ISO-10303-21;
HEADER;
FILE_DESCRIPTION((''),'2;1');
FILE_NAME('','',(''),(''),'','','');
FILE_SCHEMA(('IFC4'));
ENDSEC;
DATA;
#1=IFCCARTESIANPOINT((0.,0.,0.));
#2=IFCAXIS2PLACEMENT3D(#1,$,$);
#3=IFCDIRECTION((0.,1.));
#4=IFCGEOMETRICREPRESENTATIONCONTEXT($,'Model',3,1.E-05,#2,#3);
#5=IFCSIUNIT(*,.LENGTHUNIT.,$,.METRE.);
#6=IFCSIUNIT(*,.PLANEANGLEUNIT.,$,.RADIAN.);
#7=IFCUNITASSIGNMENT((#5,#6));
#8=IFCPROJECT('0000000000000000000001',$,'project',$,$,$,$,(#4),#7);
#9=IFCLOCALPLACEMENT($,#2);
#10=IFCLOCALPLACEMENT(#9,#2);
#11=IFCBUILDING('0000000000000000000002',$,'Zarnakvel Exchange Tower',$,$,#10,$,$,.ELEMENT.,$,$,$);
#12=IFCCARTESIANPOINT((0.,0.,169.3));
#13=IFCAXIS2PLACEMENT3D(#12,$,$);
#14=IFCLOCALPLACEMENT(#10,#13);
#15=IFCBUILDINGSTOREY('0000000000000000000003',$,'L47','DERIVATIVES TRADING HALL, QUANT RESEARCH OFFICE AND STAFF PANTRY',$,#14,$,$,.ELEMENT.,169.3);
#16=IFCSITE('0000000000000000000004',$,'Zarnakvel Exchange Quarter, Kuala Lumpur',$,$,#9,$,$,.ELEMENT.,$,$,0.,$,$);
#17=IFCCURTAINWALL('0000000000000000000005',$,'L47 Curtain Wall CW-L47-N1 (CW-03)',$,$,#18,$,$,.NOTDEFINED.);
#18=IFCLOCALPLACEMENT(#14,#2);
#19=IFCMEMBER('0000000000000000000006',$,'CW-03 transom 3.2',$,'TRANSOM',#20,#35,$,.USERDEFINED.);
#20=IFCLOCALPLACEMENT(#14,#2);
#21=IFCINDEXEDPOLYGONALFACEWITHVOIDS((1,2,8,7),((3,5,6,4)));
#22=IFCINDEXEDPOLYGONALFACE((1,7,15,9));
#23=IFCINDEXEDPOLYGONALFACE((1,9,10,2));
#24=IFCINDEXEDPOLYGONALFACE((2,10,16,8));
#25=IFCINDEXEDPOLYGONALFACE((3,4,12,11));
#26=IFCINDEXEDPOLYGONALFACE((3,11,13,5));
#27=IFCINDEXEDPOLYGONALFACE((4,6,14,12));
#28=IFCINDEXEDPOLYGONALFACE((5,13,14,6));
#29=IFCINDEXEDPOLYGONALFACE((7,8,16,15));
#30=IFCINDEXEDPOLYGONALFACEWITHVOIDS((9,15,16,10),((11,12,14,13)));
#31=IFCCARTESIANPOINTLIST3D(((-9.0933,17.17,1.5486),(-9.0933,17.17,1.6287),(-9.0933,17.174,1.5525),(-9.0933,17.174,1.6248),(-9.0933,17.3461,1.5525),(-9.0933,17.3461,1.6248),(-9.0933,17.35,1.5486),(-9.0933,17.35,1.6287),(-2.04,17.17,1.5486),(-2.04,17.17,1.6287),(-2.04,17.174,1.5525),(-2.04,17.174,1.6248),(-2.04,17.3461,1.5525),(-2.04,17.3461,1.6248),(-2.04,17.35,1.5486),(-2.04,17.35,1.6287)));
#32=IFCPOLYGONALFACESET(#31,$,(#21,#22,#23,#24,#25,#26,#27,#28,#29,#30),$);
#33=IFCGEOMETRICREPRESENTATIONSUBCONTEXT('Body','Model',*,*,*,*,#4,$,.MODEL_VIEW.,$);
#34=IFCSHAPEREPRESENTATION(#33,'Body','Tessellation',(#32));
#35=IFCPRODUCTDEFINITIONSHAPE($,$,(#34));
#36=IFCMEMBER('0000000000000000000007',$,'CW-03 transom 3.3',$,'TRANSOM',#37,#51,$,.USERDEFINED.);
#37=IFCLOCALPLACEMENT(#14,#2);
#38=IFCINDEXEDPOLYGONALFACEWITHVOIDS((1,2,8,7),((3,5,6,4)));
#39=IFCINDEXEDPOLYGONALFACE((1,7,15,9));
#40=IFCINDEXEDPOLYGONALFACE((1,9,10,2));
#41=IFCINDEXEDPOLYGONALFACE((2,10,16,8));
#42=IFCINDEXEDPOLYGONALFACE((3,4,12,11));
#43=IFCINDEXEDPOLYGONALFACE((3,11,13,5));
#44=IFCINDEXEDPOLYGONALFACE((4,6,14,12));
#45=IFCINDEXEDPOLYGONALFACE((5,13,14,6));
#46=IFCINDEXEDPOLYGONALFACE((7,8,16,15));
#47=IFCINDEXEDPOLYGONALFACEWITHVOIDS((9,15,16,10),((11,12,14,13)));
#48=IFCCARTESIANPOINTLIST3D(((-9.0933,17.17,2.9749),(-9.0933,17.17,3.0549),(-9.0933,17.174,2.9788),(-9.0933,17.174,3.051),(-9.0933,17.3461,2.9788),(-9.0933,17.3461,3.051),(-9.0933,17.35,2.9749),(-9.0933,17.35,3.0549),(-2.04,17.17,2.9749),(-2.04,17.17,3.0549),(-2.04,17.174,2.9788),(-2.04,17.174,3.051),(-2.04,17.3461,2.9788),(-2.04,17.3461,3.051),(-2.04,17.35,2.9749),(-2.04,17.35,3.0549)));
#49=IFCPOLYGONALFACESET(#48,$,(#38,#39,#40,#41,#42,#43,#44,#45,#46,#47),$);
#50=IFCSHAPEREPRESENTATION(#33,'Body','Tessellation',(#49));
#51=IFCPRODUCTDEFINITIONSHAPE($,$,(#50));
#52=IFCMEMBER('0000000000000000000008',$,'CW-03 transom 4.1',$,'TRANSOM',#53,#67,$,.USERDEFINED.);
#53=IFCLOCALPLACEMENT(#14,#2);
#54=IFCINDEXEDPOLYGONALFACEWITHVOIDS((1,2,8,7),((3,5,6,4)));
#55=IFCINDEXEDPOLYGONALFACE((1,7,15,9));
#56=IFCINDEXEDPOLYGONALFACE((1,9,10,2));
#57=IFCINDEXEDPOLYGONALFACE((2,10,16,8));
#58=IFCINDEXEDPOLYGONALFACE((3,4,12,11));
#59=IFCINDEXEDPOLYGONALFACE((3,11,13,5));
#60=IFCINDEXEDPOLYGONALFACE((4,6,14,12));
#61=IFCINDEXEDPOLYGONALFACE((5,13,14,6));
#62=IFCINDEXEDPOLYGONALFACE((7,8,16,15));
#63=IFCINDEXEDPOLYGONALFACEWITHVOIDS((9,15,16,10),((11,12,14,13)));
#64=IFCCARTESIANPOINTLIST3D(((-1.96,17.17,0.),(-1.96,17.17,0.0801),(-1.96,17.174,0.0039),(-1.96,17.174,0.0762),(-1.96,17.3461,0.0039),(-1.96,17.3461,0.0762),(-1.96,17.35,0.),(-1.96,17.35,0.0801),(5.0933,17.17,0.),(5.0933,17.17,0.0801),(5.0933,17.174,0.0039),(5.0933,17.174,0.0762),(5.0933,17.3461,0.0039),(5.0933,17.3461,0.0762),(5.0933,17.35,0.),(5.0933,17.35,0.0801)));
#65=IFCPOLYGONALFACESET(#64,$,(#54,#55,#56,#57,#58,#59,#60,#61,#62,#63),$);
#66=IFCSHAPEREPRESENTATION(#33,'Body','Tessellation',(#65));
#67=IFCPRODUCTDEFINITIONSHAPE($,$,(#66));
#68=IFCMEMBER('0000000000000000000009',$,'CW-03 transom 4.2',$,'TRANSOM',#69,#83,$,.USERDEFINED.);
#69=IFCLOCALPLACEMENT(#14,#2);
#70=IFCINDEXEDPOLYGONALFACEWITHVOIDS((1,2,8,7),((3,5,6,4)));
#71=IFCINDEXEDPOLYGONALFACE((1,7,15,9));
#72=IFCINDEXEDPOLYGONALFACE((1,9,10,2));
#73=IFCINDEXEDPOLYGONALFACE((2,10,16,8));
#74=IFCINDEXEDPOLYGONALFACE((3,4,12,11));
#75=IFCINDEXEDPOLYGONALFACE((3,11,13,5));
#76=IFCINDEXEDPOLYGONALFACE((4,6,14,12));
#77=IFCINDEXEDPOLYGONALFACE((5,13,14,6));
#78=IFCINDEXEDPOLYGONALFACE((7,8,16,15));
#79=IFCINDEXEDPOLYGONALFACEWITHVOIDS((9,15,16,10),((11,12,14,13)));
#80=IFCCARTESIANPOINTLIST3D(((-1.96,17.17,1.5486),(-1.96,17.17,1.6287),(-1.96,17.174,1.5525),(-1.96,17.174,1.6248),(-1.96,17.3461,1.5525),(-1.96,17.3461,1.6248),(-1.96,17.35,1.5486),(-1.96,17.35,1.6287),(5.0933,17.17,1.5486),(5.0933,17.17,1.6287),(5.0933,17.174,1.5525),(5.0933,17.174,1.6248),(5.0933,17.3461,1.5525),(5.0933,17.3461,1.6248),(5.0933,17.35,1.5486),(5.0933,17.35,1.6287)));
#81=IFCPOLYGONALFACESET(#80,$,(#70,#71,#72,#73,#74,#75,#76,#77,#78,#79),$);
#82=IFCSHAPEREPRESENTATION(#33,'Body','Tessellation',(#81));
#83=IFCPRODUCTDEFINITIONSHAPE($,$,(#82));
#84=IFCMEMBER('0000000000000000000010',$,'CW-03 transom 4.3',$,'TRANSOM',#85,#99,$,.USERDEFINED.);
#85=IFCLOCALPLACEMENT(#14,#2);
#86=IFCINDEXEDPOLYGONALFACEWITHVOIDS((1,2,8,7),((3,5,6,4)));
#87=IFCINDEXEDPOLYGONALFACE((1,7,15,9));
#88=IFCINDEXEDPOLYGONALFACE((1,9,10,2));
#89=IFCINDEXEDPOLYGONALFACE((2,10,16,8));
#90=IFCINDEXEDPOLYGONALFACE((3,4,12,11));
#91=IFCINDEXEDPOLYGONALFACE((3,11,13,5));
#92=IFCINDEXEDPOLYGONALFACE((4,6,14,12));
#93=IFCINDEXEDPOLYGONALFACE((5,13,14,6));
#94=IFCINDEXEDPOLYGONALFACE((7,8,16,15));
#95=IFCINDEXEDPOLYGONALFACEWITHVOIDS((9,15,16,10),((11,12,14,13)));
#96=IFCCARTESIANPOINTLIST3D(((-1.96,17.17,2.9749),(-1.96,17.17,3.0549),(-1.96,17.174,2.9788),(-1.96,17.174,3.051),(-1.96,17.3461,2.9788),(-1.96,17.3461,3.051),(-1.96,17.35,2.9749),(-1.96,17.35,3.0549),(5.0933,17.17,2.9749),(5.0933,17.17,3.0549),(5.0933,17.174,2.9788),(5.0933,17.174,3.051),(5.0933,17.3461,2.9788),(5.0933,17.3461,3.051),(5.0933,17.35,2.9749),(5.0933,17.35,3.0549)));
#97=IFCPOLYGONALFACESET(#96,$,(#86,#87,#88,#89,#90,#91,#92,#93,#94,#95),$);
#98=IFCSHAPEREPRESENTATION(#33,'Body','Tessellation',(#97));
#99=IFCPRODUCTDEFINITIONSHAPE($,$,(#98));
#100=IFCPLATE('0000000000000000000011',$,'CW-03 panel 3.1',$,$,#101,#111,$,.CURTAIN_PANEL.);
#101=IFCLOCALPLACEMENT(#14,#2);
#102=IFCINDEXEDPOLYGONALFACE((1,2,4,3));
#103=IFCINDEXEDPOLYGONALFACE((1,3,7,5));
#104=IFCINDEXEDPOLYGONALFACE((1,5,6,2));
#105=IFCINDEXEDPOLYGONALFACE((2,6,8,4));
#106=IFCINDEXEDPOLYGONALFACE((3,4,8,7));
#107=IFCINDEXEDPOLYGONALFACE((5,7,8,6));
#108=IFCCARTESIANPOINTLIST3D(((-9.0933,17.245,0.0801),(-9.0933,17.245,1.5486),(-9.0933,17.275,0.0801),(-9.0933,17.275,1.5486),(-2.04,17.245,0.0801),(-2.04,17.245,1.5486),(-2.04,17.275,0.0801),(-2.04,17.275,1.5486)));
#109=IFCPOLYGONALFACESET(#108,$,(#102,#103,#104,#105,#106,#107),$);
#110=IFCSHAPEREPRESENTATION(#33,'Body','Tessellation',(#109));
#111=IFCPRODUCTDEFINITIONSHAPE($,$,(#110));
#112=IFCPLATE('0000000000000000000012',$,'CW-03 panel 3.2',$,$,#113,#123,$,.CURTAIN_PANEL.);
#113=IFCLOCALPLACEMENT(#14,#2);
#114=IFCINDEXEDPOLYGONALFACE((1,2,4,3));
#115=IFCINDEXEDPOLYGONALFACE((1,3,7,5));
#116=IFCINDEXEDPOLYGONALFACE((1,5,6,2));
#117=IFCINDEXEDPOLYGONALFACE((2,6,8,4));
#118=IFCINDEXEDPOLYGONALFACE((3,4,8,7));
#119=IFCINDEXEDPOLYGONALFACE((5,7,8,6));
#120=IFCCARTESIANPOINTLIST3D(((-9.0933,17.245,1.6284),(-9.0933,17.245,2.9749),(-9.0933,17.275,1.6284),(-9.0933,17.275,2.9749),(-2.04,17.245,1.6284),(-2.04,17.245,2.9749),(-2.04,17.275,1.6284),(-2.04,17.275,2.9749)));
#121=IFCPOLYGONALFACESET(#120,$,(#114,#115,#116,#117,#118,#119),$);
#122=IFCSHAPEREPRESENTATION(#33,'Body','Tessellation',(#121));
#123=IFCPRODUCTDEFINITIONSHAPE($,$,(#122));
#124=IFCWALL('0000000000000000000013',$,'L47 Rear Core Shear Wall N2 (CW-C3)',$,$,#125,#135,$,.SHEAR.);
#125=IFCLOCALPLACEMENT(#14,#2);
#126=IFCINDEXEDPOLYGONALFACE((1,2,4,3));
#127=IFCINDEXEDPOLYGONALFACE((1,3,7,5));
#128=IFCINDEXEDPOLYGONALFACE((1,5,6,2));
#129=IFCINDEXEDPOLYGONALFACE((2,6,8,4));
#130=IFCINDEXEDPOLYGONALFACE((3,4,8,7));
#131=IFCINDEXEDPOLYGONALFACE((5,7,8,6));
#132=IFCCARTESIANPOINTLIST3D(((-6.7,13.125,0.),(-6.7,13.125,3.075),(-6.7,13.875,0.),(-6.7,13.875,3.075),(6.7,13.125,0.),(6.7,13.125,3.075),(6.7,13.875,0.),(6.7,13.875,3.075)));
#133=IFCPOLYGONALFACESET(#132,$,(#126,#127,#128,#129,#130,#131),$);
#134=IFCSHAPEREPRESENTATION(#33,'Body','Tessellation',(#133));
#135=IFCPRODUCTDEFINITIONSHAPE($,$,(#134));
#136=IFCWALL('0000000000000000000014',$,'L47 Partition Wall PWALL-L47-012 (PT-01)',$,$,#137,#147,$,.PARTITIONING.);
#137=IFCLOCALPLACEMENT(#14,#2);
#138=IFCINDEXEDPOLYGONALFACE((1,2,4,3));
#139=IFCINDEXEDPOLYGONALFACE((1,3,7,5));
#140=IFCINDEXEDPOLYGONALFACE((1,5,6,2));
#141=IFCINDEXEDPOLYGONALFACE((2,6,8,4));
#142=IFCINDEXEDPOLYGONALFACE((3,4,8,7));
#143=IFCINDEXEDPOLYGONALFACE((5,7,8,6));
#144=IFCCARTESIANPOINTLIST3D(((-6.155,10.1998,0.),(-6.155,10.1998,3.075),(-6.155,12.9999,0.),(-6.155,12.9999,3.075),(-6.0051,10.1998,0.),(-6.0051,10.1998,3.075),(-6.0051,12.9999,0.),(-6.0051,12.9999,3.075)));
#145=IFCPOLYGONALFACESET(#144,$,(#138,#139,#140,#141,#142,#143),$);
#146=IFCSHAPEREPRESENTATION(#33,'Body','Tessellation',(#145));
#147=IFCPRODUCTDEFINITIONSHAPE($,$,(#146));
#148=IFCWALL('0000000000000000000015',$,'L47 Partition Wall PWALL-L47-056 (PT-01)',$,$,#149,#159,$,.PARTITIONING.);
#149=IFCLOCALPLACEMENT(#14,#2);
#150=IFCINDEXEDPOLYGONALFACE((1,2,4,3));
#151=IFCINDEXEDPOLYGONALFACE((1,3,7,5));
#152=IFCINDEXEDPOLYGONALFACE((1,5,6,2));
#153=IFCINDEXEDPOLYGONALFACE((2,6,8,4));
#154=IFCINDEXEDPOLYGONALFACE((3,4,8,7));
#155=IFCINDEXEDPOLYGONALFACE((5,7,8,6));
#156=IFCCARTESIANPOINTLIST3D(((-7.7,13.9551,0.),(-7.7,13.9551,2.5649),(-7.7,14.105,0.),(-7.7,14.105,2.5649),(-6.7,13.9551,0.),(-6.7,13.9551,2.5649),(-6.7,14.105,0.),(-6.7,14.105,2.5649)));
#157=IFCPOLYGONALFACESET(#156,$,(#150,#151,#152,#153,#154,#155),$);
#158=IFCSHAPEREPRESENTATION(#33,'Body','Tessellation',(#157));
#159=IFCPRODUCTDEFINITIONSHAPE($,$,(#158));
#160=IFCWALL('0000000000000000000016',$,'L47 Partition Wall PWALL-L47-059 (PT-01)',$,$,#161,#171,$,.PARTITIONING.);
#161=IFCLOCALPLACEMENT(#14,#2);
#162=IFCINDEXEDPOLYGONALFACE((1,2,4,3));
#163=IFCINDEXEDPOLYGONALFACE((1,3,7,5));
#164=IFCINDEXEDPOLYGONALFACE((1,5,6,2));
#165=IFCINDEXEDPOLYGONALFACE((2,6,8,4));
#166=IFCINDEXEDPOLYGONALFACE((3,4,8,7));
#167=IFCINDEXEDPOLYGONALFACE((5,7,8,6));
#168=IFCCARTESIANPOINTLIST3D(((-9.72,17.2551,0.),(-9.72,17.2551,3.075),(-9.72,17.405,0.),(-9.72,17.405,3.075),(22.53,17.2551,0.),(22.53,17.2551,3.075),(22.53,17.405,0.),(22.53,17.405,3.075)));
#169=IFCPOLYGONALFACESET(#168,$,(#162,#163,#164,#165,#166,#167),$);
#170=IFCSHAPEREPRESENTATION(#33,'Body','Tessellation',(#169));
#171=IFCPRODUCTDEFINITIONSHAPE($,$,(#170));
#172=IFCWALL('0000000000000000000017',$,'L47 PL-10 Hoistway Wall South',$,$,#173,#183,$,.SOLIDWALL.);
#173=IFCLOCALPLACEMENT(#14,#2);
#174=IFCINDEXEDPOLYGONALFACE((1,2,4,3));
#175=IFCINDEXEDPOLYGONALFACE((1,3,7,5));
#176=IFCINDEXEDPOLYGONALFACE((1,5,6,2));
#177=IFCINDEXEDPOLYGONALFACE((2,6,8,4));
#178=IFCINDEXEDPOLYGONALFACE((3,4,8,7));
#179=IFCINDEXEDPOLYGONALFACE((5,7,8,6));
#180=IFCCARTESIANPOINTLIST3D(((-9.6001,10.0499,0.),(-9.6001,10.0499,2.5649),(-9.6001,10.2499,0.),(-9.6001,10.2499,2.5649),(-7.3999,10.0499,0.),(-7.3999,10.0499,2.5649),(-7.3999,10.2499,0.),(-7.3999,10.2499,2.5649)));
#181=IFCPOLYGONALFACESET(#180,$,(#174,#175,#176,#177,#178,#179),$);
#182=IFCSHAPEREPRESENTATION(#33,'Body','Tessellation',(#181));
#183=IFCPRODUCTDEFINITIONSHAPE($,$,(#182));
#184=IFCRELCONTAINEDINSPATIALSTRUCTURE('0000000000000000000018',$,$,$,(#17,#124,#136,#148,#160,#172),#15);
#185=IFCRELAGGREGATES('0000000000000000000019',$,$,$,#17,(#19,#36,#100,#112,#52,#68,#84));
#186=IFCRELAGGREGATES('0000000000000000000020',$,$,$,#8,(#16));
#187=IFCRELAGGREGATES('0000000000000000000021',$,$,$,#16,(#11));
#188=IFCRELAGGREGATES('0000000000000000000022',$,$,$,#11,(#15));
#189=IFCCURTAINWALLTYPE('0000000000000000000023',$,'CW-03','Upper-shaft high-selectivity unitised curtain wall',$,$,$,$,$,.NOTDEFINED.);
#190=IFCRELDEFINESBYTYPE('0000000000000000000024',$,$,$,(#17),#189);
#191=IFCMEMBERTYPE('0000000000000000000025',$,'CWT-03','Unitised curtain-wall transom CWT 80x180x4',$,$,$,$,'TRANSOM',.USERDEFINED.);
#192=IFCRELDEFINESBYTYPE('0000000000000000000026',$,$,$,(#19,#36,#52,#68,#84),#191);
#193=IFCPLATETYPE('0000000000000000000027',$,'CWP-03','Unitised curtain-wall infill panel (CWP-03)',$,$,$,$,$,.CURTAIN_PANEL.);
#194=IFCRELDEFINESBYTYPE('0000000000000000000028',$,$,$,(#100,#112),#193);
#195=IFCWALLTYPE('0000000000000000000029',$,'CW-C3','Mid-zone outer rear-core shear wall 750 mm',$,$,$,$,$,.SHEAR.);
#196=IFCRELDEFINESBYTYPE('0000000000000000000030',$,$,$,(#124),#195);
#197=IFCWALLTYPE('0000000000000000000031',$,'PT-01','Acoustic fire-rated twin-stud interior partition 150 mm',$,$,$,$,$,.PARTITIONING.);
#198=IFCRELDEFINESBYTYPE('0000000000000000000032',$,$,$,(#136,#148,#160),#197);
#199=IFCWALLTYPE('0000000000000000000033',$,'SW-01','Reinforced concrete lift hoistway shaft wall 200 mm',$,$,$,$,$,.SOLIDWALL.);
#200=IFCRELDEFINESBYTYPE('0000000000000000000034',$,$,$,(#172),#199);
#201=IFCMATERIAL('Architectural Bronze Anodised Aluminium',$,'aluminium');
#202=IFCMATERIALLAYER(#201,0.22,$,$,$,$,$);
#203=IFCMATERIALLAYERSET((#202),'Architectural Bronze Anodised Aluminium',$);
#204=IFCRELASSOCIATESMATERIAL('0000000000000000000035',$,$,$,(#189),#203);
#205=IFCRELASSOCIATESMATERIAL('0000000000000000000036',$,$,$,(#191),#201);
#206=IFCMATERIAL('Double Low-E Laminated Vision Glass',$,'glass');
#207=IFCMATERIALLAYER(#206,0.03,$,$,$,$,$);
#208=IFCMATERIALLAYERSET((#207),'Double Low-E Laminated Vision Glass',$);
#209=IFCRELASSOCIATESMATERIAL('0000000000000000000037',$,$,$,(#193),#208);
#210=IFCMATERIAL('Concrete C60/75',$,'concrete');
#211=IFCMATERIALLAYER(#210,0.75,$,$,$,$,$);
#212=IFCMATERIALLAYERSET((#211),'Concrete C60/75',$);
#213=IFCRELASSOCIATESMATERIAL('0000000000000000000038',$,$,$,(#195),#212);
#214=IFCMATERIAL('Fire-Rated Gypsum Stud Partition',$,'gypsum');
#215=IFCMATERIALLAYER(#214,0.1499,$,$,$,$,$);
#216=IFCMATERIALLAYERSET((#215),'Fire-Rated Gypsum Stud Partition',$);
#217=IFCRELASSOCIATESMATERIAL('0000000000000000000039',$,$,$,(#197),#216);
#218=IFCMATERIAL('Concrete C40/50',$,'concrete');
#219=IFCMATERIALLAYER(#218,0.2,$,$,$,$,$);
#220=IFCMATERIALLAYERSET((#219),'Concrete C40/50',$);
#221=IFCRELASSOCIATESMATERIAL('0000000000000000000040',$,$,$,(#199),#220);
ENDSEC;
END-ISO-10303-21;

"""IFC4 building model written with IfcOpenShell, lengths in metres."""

from ifc_helpers import new_model, si_unit, direction, frame, frame_2d, origin, origin_2d, place, context, subcontext, project, spatial, rectangle, hollow_rectangle, extrude, source, transform, mapped, material, layer, layer_set, material_profile, profile_set, type_object, element, aggregate, save


model = new_model("IFC4")

# Units and contexts
model_context = context("Model", 3, precision=1e-05, world=origin(), true_north=direction((0.0, 1.0)))
body_context = subcontext(model_context, "Body", "Model", "MODEL_VIEW")
ifc_project = project(units=[si_unit("LENGTHUNIT", "METRE"), si_unit("PLANEANGLEUNIT", "RADIAN")], contexts=[model_context])

# Site, building, storey
site_placement = place(None, origin())
site = spatial("IfcSite", under=ifc_project, at=site_placement, Name="Zarnakvel Exchange Quarter, Kuala Lumpur", CompositionType="ELEMENT", RefElevation=0.0)
building_placement = place(site_placement, origin())
building = spatial("IfcBuilding", under=site, at=building_placement, Name="Zarnakvel Exchange Tower", CompositionType="ELEMENT")
storey_placement = place(building_placement, frame((0.0, 0.0, 169.3)))
storey = spatial("IfcBuildingStorey", under=building, at=storey_placement, Name="L47", Description="DERIVATIVES TRADING HALL, QUANT RESEARCH OFFICE AND STAFF PANTRY", CompositionType="ELEMENT", Elevation=169.3)

# Shared definitions
ifc_material_1 = material(Name="Concrete C60/75", Category="concrete")

# Curtain wall, members, plates
ifc_material_2 = material(Name="Architectural Bronze Anodised Aluminium", Category="aluminium")
ifc_layer_1 = layer(ifc_material_2, 0.22)
ifc_layer_set_1 = layer_set([ifc_layer_1], Name="Architectural Bronze Anodised Aluminium")
curtain_wall_type = type_object("IfcCurtainWallType", Name="CW-03", Description="Upper-shaft high-selectivity unitised curtain wall", PredefinedType="NOTDEFINED", material=ifc_layer_set_1)
curtain_wall_placement = place(storey_placement, origin())
curtain_wall = element("IfcCurtainWall", 1, at=curtain_wall_placement, inside=storey, type_object=curtain_wall_type, Name="L47 Curtain Wall CW-L47-N1 (CW-03)", PredefinedType="NOTDEFINED")
ifc_material_profile_1 = material_profile(ifc_material_2, hollow_rectangle(XDim=0.1799, YDim=0.0801, WallThickness=0.0039, at=origin_2d()))
ifc_profile_set_1 = profile_set([ifc_material_profile_1], Name="Architectural Bronze Anodised Aluminium")
member_type_1 = type_object("IfcMemberType", Name="CWT-03", Description="Unitised curtain-wall transom CWT 80x180x4", ElementType="TRANSOM", PredefinedType="USERDEFINED", material=ifc_profile_set_1)
shared_shape_1 = source(origin(), body_context, "Body", "SweptSolid", [
    extrude(hollow_rectangle(XDim=0.1799, YDim=0.0801, WallThickness=0.0039, at=origin_2d()), origin(), (0.0, 0.0, 1.0), 7.0532),
])
member_1_placement = place(storey_placement, frame((-9.0933, 17.26, 1.5886), z_axis=(1.0, 0.0, 0.0), x_axis=(0.0, 1.0, 0.0)))
member_1 = element("IfcMember", 2, at=member_1_placement, type_object=member_type_1, Name="CW-03 transom 3.2", ObjectType="TRANSOM", PredefinedType="USERDEFINED", context=body_context, shape_type="MappedRepresentation", body=[
    mapped(shared_shape_1, transform((0.0, 0.0, 0.0), x_axis=(1.0, 0.0, 0.0), y_axis=(0.0, 1.0, 0.0), z_axis=(0.0, 0.0, 1.0), scale=1.0)),
])
member_2_placement = place(storey_placement, frame((-9.0933, 17.26, 3.0149), z_axis=(1.0, 0.0, 0.0), x_axis=(0.0, 1.0, 0.0)))
member_2 = element("IfcMember", 3, at=member_2_placement, type_object=member_type_1, Name="CW-03 transom 3.3", ObjectType="TRANSOM", PredefinedType="USERDEFINED", context=body_context, shape_type="MappedRepresentation", body=[
    mapped(shared_shape_1, transform((0.0, 0.0, 0.0), x_axis=(1.0, 0.0, 0.0), y_axis=(0.0, 1.0, 0.0), z_axis=(0.0, 0.0, 1.0), scale=1.0)),
])
member_3_placement = place(storey_placement, frame((-1.96, 17.26, 0.04), z_axis=(1.0, 0.0, 0.0), x_axis=(0.0, 1.0, 0.0)))
member_3 = element("IfcMember", 4, at=member_3_placement, type_object=member_type_1, Name="CW-03 transom 4.1", ObjectType="TRANSOM", PredefinedType="USERDEFINED", context=body_context, shape_type="MappedRepresentation", body=[
    mapped(shared_shape_1, transform((0.0, 0.0, 0.0), x_axis=(1.0, 0.0, 0.0), y_axis=(0.0, 1.0, 0.0), z_axis=(0.0, 0.0, 1.0), scale=1.0)),
])
member_4_placement = place(storey_placement, frame((-1.96, 17.26, 1.5886), z_axis=(1.0, 0.0, 0.0), x_axis=(0.0, 1.0, 0.0)))
member_4 = element("IfcMember", 5, at=member_4_placement, type_object=member_type_1, Name="CW-03 transom 4.2", ObjectType="TRANSOM", PredefinedType="USERDEFINED", context=body_context, shape_type="MappedRepresentation", body=[
    mapped(shared_shape_1, transform((0.0, 0.0, 0.0), x_axis=(1.0, 0.0, 0.0), y_axis=(0.0, 1.0, 0.0), z_axis=(0.0, 0.0, 1.0), scale=1.0)),
])
member_5_placement = place(storey_placement, frame((-1.96, 17.26, 3.0149), z_axis=(1.0, 0.0, 0.0), x_axis=(0.0, 1.0, 0.0)))
member_5 = element("IfcMember", 6, at=member_5_placement, type_object=member_type_1, Name="CW-03 transom 4.3", ObjectType="TRANSOM", PredefinedType="USERDEFINED", context=body_context, shape_type="MappedRepresentation", body=[
    mapped(shared_shape_1, transform((0.0, 0.0, 0.0), x_axis=(1.0, 0.0, 0.0), y_axis=(0.0, 1.0, 0.0), z_axis=(0.0, 0.0, 1.0), scale=1.0)),
])
ifc_material_3 = material(Name="Double Low-E Laminated Vision Glass", Category="glass")
ifc_layer_2 = layer(ifc_material_3, 0.03)
ifc_layer_set_2 = layer_set([ifc_layer_2], Name="Double Low-E Laminated Vision Glass")
plate_type = type_object("IfcPlateType", Name="CWP-03", Description="Unitised curtain-wall infill panel (CWP-03)", PredefinedType="CURTAIN_PANEL", material=ifc_layer_set_2)
shared_shape_2 = source(origin(), body_context, "Body", "SweptSolid", [
    extrude(rectangle(XDim=7.0532, YDim=0.03, at=origin_2d()), origin(), (0.0, 0.0, 1.0), 1.4685),
])
plate_1_placement = place(storey_placement, frame((-5.5667, 17.26, 0.0801), z_axis=(0.0, 0.0, 1.0), x_axis=(1.0, 0.0, 0.0)))
plate_1 = element("IfcPlate", 7, at=plate_1_placement, type_object=plate_type, Name="CW-03 panel 3.1", PredefinedType="CURTAIN_PANEL", context=body_context, shape_type="MappedRepresentation", body=[
    mapped(shared_shape_2, transform((0.0, 0.0, 0.0), x_axis=(1.0, 0.0, 0.0), y_axis=(0.0, 1.0, 0.0), z_axis=(0.0, 0.0, 1.0), scale=1.0)),
])
shared_shape_3 = source(origin(), body_context, "Body", "SweptSolid", [
    extrude(rectangle(XDim=7.0532, YDim=0.03, at=origin_2d()), origin(), (0.0, 0.0, 1.0), 1.3464),
])
plate_2_placement = place(storey_placement, frame((-5.5667, 17.26, 1.6284), z_axis=(0.0, 0.0, 1.0), x_axis=(1.0, 0.0, 0.0)))
plate_2 = element("IfcPlate", 8, at=plate_2_placement, type_object=plate_type, Name="CW-03 panel 3.2", PredefinedType="CURTAIN_PANEL", context=body_context, shape_type="MappedRepresentation", body=[
    mapped(shared_shape_3, transform((0.0, 0.0, 0.0), x_axis=(1.0, 0.0, 0.0), y_axis=(0.0, 1.0, 0.0), z_axis=(0.0, 0.0, 1.0), scale=1.0)),
])
aggregate(curtain_wall, [member_1, member_2, plate_1, plate_2, member_3, member_4, member_5])

# Walls
ifc_layer_3 = layer(ifc_material_1, 0.75)
ifc_layer_set_3 = layer_set([ifc_layer_3], Name="Concrete C60/75")
wall_type_1 = type_object("IfcWallType", Name="CW-C3", Description="Mid-zone outer rear-core shear wall 750 mm", PredefinedType="SHEAR", material=ifc_layer_set_3)
wall_1_placement = place(storey_placement, frame((-6.7, 13.5, 0.0), z_axis=(0.0, 0.0, 1.0), x_axis=(1.0, 0.0, 0.0)))
element("IfcWall", 9, at=wall_1_placement, inside=storey, type_object=wall_type_1, Name="L47 Rear Core Shear Wall N2 (CW-C3)", PredefinedType="SHEAR", context=body_context, shape_type="SweptSolid", body=[
    extrude(rectangle(XDim=13.3999, YDim=0.75, at=frame_2d((6.7, 0.0))), origin(), (0.0, 0.0, 1.0), 3.075),
])
ifc_material_4 = material(Name="Fire-Rated Gypsum Stud Partition", Category="gypsum")
ifc_layer_4 = layer(ifc_material_4, 0.1499)
ifc_layer_set_4 = layer_set([ifc_layer_4], Name="Fire-Rated Gypsum Stud Partition")
wall_type_2 = type_object("IfcWallType", Name="PT-01", Description="Acoustic fire-rated twin-stud interior partition 150 mm", PredefinedType="PARTITIONING", material=ifc_layer_set_4)
wall_2_placement = place(storey_placement, frame((-6.0801, 10.2, 0.0), z_axis=(0.0, 0.0, 1.0), x_axis=(0.0, 1.0, 0.0)))
element("IfcWall", 10, at=wall_2_placement, inside=storey, type_object=wall_type_2, Name="L47 Partition Wall PWALL-L47-012 (PT-01)", PredefinedType="PARTITIONING", context=body_context, shape_type="SweptSolid", body=[
    extrude(rectangle(XDim=2.8, YDim=0.1499, at=frame_2d((1.3999, 0.0))), origin(), (0.0, 0.0, 1.0), 3.075),
])
wall_3_placement = place(storey_placement, frame((-6.7, 14.03, 0.0), z_axis=(0.0, 0.0, 1.0), x_axis=(-1.0, 0.0, 0.0)))
element("IfcWall", 11, at=wall_3_placement, inside=storey, type_object=wall_type_2, Name="L47 Partition Wall PWALL-L47-056 (PT-01)", PredefinedType="PARTITIONING", context=body_context, shape_type="SweptSolid", body=[
    extrude(rectangle(XDim=1.0, YDim=0.1499, at=frame_2d((0.5, 0.0))), origin(), (0.0, 0.0, 1.0), 2.5649),
])
wall_4_placement = place(storey_placement, frame((-9.72, 17.3301, 0.0), z_axis=(0.0, 0.0, 1.0), x_axis=(1.0, 0.0, 0.0)))
element("IfcWall", 12, at=wall_4_placement, inside=storey, type_object=wall_type_2, Name="L47 Partition Wall PWALL-L47-059 (PT-01)", PredefinedType="PARTITIONING", context=body_context, shape_type="SweptSolid", body=[
    extrude(rectangle(XDim=32.25, YDim=0.1499, at=frame_2d((16.125, 0.0))), origin(), (0.0, 0.0, 1.0), 3.075),
])

# Wall
ifc_material_5 = material(Name="Concrete C40/50", Category="concrete")
ifc_layer_5 = layer(ifc_material_5, 0.2)
ifc_layer_set_5 = layer_set([ifc_layer_5], Name="Concrete C40/50")
wall_type_3 = type_object("IfcWallType", Name="SW-01", Description="Reinforced concrete lift hoistway shaft wall 200 mm", PredefinedType="SOLIDWALL", material=ifc_layer_set_5)
for number, where, z_axis, x_axis, name in (
    (13, (-7.3999, 10.1499, 0.0), (0.0, 0.0, 1.0), (-1.0, 0.0, 0.0), "L47 PL-10 Hoistway Wall South"),
):
    element("IfcWall", number, at=place(storey_placement, frame(where, z_axis=z_axis, x_axis=x_axis)), inside=storey, type_object=wall_type_3, Name=name, PredefinedType="SOLIDWALL", context=body_context, shape_type="SweptSolid", body=[
        extrude(rectangle(XDim=2.2002, YDim=0.2, at=frame_2d((1.1001, 0.0))), origin(), (0.0, 0.0, 1.0), 2.5649),
    ])

save(model, "model.ifc")
